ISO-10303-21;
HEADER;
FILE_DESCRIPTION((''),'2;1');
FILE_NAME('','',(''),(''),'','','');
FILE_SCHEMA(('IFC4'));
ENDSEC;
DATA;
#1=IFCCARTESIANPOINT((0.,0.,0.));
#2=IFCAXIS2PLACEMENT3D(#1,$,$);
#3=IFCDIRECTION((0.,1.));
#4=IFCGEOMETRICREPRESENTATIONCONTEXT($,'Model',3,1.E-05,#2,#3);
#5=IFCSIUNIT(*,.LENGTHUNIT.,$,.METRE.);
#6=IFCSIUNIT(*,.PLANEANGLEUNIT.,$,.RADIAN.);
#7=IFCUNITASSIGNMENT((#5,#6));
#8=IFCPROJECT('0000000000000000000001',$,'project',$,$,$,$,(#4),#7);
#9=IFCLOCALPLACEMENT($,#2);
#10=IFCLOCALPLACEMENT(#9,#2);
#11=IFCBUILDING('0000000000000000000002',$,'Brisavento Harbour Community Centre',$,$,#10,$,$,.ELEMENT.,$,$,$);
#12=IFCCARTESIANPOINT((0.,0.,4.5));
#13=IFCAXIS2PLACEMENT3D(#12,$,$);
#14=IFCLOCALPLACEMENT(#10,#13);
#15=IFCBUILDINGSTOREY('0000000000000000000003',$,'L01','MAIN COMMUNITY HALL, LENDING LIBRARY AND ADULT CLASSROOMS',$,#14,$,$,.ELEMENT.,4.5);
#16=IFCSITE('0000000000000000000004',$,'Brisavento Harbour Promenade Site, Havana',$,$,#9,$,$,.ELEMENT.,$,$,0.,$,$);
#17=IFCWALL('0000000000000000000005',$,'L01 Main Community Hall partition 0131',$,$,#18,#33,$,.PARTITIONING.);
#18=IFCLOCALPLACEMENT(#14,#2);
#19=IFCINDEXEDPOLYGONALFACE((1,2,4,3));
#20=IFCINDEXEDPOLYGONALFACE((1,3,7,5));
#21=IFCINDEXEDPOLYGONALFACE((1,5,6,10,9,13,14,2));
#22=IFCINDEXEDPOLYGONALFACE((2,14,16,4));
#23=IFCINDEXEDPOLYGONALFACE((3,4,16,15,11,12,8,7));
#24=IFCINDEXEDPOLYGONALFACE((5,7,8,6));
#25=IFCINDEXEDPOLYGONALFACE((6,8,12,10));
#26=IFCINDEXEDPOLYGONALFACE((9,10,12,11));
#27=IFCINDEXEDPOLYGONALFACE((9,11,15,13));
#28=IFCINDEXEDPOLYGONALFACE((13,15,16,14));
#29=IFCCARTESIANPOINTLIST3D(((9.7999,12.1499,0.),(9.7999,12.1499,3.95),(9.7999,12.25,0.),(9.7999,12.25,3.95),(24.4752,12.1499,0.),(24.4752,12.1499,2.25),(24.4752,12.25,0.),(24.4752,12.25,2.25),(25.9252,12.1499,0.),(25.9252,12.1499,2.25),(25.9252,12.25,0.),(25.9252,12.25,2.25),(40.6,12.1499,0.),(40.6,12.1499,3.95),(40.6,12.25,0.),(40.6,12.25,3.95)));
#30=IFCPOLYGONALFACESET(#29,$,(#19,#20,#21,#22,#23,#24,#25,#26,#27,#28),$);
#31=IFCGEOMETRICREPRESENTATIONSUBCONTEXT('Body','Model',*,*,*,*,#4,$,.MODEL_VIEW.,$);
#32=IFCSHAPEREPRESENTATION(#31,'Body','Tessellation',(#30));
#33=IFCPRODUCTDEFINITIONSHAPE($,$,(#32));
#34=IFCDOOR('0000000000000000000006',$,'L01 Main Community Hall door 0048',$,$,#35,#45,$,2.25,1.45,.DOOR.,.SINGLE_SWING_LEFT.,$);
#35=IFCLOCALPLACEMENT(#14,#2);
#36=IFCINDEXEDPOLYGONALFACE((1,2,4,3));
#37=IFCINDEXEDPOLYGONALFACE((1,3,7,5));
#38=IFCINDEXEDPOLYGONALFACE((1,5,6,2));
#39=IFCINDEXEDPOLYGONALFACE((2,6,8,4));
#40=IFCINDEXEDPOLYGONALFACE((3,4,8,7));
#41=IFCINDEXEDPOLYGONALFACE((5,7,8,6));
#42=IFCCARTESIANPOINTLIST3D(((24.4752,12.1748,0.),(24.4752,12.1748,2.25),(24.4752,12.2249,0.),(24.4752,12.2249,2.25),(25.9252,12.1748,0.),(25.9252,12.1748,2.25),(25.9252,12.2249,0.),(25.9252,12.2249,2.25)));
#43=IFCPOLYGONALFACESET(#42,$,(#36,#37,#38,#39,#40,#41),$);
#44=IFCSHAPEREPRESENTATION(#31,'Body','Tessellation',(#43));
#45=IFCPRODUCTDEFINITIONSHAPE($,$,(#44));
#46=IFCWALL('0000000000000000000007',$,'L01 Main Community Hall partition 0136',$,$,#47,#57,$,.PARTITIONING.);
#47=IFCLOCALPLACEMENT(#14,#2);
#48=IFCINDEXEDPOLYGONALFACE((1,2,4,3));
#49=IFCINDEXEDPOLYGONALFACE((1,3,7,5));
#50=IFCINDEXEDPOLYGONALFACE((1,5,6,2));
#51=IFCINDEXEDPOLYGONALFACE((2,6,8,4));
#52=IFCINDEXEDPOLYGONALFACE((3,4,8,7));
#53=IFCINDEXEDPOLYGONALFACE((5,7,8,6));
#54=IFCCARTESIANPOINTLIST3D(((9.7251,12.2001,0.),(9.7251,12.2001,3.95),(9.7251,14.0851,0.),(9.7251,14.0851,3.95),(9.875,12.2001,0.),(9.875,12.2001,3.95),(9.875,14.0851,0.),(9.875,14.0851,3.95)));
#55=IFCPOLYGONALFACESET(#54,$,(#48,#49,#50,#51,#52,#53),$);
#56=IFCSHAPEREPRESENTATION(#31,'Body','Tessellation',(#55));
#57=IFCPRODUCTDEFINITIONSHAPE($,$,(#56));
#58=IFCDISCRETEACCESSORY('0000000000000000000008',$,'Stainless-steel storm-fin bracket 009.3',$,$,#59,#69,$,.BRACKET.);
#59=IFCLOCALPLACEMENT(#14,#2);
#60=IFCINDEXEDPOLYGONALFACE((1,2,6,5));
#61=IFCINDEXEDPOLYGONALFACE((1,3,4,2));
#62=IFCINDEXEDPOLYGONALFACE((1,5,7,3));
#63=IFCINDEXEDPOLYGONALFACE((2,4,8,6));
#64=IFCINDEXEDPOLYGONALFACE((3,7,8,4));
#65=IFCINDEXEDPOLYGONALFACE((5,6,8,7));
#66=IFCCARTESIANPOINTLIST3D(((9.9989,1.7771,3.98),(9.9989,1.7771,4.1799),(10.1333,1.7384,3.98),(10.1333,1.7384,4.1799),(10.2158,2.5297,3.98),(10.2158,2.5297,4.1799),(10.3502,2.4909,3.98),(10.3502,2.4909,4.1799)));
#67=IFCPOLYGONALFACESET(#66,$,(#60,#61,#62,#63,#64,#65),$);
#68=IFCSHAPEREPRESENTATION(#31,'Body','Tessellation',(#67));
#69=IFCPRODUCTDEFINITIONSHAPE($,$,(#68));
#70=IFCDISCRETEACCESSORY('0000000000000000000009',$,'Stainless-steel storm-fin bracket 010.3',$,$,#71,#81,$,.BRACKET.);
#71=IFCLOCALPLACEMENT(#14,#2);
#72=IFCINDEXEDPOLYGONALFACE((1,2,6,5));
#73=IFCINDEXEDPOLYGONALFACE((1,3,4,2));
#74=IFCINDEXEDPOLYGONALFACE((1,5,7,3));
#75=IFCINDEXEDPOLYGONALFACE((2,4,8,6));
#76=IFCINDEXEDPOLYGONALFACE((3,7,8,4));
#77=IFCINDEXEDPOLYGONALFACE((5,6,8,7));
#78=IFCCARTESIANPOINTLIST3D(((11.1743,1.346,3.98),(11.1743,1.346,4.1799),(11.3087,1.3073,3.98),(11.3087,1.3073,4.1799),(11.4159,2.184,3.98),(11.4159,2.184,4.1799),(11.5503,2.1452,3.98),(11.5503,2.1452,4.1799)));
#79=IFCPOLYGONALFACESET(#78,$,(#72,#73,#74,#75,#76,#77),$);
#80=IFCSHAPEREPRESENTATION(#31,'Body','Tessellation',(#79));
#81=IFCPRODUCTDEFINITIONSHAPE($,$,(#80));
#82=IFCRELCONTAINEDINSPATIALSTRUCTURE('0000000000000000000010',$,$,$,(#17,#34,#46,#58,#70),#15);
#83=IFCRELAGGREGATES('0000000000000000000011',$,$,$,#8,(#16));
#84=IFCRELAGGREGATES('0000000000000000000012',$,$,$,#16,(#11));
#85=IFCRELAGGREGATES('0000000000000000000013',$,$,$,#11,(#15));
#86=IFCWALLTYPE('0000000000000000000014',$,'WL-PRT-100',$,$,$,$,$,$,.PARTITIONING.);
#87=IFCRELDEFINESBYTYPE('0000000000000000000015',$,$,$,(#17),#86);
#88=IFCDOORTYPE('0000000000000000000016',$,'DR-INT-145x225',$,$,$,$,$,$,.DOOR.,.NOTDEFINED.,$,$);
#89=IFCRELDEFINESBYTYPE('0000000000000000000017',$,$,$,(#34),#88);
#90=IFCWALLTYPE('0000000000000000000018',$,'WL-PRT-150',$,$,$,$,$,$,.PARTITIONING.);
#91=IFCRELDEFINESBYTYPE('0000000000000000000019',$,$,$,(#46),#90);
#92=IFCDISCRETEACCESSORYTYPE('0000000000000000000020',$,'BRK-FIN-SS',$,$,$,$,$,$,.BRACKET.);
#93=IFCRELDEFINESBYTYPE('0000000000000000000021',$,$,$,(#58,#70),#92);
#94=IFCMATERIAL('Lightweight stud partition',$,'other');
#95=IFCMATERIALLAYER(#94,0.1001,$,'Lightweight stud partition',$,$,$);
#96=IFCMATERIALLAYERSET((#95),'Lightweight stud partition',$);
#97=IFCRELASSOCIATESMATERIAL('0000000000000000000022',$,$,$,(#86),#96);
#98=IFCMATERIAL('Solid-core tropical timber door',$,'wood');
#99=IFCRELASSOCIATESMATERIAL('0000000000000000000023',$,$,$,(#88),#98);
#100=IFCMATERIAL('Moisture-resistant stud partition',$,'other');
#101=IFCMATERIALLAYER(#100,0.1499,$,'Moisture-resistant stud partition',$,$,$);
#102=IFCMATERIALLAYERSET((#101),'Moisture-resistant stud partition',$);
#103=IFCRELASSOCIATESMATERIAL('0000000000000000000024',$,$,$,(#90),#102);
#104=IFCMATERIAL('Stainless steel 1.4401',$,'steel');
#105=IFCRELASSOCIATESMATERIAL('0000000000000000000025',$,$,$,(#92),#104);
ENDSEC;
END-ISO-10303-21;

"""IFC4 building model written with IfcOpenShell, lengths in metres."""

from ifc_helpers import new_model, si_unit, direction, frame, frame_2d, origin, origin_2d, place, context, subcontext, project, spatial, rectangle, extrude, material, layer, layer_set, type_object, element, fill, save


model = new_model("IFC4")

# Units and contexts
model_context = context("Model", 3, precision=1e-05, world=origin(), true_north=direction((0.0, 1.0)))
body_context = subcontext(model_context, "Body", "Model", "MODEL_VIEW")
ifc_project = project(units=[si_unit("LENGTHUNIT", "METRE"), si_unit("PLANEANGLEUNIT", "RADIAN")], contexts=[model_context])

# Site, building, storey
site_placement = place(None, origin())
site = spatial("IfcSite", under=ifc_project, at=site_placement, Name="Brisavento Harbour Promenade Site, Havana", CompositionType="ELEMENT", RefElevation=0.0)
building_placement = place(site_placement, origin())
building = spatial("IfcBuilding", under=site, at=building_placement, Name="Brisavento Harbour Community Centre", CompositionType="ELEMENT")
storey_placement = place(building_placement, frame((0.0, 0.0, 4.5)))
storey = spatial("IfcBuildingStorey", under=building, at=storey_placement, Name="L01", Description="MAIN COMMUNITY HALL, LENDING LIBRARY AND ADULT CLASSROOMS", CompositionType="ELEMENT", Elevation=4.5)

# Wall, opening, door
ifc_material_1 = material(Name="Lightweight stud partition", Category="other")
ifc_layer_1 = layer(ifc_material_1, 0.1001, Name="Lightweight stud partition")
ifc_layer_set_1 = layer_set([ifc_layer_1], Name="Lightweight stud partition")
wall_type_1 = type_object("IfcWallType", Name="WL-PRT-100", PredefinedType="PARTITIONING", material=ifc_layer_set_1)
wall_1_placement = place(storey_placement, frame((9.8, 12.2, 0.0), z_axis=(0.0, 0.0, 1.0), x_axis=(1.0, 0.0, 0.0)))
wall_1 = element("IfcWall", 1, at=wall_1_placement, inside=storey, type_object=wall_type_1, Name="L01 Main Community Hall partition 0131", PredefinedType="PARTITIONING", context=body_context, shape_type="SweptSolid", body=[
    extrude(rectangle(XDim=30.8, YDim=0.1001, at=frame_2d((15.3999, 0.0))), origin(), (0.0, 0.0, 1.0), 3.95),
])
opening_placement = place(wall_1_placement, frame((14.675, 0.0, 0.0)))
opening = element("IfcOpeningElement", 2, at=opening_placement, cuts=wall_1, PredefinedType="OPENING", context=body_context, shape_type="SweptSolid", body=[
    extrude(rectangle(XDim=1.45, YDim=2.25, at=frame_2d((0.7251, 1.125))), frame((0.0, 0.0601, 0.0), z_axis=(0.0, -1.0, 0.0), x_axis=(1.0, 0.0, 0.0)), (0.0, 0.0, 1.0), 0.1201),
])
ifc_material_2 = material(Name="Solid-core tropical timber door", Category="wood")
door_type = type_object("IfcDoorType", Name="DR-INT-145x225", OperationType="NOTDEFINED", PredefinedType="DOOR", material=ifc_material_2)
door_placement = place(opening_placement, origin())
door = element("IfcDoor", 3, at=door_placement, inside=storey, type_object=door_type, Name="L01 Main Community Hall door 0048", OperationType="SINGLE_SWING_LEFT", OverallHeight=2.25, OverallWidth=1.45, PredefinedType="DOOR", context=body_context, shape_type="SweptSolid", body=[
    extrude(rectangle(XDim=1.45, YDim=2.25, at=frame_2d((0.7251, 1.125))), frame((0.0, 0.0249, 0.0), z_axis=(0.0, -1.0, 0.0), x_axis=(1.0, 0.0, 0.0)), (0.0, 0.0, 1.0), 0.05),
])
fill(opening, door)

# Wall
ifc_material_3 = material(Name="Moisture-resistant stud partition", Category="other")
ifc_layer_2 = layer(ifc_material_3, 0.1499, Name="Moisture-resistant stud partition")
ifc_layer_set_2 = layer_set([ifc_layer_2], Name="Moisture-resistant stud partition")
wall_type_2 = type_object("IfcWallType", Name="WL-PRT-150", PredefinedType="PARTITIONING", material=ifc_layer_set_2)
wall_2_placement = place(storey_placement, frame((9.8, 14.085, 0.0), z_axis=(0.0, 0.0, 1.0), x_axis=(0.0, -1.0, 0.0)))
element("IfcWall", 4, at=wall_2_placement, inside=storey, type_object=wall_type_2, Name="L01 Main Community Hall partition 0136", PredefinedType="PARTITIONING", context=body_context, shape_type="SweptSolid", body=[
    extrude(rectangle(XDim=1.885, YDim=0.1499, at=frame_2d((0.9424, 0.0))), origin(), (0.0, 0.0, 1.0), 3.95),
])

# Discrete accessories
ifc_material_4 = material(Name="Stainless steel 1.4401", Category="steel")
discrete_accessory_type = type_object("IfcDiscreteAccessoryType", Name="BRK-FIN-SS", PredefinedType="BRACKET", material=ifc_material_4)
discrete_accessory_1_placement = place(storey_placement, frame((10.1746, 2.134, 3.98), z_axis=(0.0, 0.0, 1.0), x_axis=(-0.276996, -0.960871, 0.0)))
element("IfcDiscreteAccessory", 5, at=discrete_accessory_1_placement, inside=storey, type_object=discrete_accessory_type, Name="Stainless-steel storm-fin bracket 009.3", PredefinedType="BRACKET", context=body_context, shape_type="SweptSolid", body=[
    extrude(rectangle(XDim=0.7832, YDim=0.1399, at=origin_2d()), origin(), (0.0, 0.0, 1.0), 0.2),
])
discrete_accessory_2_placement = place(storey_placement, frame((11.3623, 1.7456, 3.98), z_axis=(0.0, 0.0, 1.0), x_axis=(-0.276996, -0.960871, 0.0)))
element("IfcDiscreteAccessory", 6, at=discrete_accessory_2_placement, inside=storey, type_object=discrete_accessory_type, Name="Stainless-steel storm-fin bracket 010.3", PredefinedType="BRACKET", context=body_context, shape_type="SweptSolid", body=[
    extrude(rectangle(XDim=0.8721, YDim=0.1399, at=origin_2d()), origin(), (0.0, 0.0, 1.0), 0.2),
])

save(model, "model.ifc")
